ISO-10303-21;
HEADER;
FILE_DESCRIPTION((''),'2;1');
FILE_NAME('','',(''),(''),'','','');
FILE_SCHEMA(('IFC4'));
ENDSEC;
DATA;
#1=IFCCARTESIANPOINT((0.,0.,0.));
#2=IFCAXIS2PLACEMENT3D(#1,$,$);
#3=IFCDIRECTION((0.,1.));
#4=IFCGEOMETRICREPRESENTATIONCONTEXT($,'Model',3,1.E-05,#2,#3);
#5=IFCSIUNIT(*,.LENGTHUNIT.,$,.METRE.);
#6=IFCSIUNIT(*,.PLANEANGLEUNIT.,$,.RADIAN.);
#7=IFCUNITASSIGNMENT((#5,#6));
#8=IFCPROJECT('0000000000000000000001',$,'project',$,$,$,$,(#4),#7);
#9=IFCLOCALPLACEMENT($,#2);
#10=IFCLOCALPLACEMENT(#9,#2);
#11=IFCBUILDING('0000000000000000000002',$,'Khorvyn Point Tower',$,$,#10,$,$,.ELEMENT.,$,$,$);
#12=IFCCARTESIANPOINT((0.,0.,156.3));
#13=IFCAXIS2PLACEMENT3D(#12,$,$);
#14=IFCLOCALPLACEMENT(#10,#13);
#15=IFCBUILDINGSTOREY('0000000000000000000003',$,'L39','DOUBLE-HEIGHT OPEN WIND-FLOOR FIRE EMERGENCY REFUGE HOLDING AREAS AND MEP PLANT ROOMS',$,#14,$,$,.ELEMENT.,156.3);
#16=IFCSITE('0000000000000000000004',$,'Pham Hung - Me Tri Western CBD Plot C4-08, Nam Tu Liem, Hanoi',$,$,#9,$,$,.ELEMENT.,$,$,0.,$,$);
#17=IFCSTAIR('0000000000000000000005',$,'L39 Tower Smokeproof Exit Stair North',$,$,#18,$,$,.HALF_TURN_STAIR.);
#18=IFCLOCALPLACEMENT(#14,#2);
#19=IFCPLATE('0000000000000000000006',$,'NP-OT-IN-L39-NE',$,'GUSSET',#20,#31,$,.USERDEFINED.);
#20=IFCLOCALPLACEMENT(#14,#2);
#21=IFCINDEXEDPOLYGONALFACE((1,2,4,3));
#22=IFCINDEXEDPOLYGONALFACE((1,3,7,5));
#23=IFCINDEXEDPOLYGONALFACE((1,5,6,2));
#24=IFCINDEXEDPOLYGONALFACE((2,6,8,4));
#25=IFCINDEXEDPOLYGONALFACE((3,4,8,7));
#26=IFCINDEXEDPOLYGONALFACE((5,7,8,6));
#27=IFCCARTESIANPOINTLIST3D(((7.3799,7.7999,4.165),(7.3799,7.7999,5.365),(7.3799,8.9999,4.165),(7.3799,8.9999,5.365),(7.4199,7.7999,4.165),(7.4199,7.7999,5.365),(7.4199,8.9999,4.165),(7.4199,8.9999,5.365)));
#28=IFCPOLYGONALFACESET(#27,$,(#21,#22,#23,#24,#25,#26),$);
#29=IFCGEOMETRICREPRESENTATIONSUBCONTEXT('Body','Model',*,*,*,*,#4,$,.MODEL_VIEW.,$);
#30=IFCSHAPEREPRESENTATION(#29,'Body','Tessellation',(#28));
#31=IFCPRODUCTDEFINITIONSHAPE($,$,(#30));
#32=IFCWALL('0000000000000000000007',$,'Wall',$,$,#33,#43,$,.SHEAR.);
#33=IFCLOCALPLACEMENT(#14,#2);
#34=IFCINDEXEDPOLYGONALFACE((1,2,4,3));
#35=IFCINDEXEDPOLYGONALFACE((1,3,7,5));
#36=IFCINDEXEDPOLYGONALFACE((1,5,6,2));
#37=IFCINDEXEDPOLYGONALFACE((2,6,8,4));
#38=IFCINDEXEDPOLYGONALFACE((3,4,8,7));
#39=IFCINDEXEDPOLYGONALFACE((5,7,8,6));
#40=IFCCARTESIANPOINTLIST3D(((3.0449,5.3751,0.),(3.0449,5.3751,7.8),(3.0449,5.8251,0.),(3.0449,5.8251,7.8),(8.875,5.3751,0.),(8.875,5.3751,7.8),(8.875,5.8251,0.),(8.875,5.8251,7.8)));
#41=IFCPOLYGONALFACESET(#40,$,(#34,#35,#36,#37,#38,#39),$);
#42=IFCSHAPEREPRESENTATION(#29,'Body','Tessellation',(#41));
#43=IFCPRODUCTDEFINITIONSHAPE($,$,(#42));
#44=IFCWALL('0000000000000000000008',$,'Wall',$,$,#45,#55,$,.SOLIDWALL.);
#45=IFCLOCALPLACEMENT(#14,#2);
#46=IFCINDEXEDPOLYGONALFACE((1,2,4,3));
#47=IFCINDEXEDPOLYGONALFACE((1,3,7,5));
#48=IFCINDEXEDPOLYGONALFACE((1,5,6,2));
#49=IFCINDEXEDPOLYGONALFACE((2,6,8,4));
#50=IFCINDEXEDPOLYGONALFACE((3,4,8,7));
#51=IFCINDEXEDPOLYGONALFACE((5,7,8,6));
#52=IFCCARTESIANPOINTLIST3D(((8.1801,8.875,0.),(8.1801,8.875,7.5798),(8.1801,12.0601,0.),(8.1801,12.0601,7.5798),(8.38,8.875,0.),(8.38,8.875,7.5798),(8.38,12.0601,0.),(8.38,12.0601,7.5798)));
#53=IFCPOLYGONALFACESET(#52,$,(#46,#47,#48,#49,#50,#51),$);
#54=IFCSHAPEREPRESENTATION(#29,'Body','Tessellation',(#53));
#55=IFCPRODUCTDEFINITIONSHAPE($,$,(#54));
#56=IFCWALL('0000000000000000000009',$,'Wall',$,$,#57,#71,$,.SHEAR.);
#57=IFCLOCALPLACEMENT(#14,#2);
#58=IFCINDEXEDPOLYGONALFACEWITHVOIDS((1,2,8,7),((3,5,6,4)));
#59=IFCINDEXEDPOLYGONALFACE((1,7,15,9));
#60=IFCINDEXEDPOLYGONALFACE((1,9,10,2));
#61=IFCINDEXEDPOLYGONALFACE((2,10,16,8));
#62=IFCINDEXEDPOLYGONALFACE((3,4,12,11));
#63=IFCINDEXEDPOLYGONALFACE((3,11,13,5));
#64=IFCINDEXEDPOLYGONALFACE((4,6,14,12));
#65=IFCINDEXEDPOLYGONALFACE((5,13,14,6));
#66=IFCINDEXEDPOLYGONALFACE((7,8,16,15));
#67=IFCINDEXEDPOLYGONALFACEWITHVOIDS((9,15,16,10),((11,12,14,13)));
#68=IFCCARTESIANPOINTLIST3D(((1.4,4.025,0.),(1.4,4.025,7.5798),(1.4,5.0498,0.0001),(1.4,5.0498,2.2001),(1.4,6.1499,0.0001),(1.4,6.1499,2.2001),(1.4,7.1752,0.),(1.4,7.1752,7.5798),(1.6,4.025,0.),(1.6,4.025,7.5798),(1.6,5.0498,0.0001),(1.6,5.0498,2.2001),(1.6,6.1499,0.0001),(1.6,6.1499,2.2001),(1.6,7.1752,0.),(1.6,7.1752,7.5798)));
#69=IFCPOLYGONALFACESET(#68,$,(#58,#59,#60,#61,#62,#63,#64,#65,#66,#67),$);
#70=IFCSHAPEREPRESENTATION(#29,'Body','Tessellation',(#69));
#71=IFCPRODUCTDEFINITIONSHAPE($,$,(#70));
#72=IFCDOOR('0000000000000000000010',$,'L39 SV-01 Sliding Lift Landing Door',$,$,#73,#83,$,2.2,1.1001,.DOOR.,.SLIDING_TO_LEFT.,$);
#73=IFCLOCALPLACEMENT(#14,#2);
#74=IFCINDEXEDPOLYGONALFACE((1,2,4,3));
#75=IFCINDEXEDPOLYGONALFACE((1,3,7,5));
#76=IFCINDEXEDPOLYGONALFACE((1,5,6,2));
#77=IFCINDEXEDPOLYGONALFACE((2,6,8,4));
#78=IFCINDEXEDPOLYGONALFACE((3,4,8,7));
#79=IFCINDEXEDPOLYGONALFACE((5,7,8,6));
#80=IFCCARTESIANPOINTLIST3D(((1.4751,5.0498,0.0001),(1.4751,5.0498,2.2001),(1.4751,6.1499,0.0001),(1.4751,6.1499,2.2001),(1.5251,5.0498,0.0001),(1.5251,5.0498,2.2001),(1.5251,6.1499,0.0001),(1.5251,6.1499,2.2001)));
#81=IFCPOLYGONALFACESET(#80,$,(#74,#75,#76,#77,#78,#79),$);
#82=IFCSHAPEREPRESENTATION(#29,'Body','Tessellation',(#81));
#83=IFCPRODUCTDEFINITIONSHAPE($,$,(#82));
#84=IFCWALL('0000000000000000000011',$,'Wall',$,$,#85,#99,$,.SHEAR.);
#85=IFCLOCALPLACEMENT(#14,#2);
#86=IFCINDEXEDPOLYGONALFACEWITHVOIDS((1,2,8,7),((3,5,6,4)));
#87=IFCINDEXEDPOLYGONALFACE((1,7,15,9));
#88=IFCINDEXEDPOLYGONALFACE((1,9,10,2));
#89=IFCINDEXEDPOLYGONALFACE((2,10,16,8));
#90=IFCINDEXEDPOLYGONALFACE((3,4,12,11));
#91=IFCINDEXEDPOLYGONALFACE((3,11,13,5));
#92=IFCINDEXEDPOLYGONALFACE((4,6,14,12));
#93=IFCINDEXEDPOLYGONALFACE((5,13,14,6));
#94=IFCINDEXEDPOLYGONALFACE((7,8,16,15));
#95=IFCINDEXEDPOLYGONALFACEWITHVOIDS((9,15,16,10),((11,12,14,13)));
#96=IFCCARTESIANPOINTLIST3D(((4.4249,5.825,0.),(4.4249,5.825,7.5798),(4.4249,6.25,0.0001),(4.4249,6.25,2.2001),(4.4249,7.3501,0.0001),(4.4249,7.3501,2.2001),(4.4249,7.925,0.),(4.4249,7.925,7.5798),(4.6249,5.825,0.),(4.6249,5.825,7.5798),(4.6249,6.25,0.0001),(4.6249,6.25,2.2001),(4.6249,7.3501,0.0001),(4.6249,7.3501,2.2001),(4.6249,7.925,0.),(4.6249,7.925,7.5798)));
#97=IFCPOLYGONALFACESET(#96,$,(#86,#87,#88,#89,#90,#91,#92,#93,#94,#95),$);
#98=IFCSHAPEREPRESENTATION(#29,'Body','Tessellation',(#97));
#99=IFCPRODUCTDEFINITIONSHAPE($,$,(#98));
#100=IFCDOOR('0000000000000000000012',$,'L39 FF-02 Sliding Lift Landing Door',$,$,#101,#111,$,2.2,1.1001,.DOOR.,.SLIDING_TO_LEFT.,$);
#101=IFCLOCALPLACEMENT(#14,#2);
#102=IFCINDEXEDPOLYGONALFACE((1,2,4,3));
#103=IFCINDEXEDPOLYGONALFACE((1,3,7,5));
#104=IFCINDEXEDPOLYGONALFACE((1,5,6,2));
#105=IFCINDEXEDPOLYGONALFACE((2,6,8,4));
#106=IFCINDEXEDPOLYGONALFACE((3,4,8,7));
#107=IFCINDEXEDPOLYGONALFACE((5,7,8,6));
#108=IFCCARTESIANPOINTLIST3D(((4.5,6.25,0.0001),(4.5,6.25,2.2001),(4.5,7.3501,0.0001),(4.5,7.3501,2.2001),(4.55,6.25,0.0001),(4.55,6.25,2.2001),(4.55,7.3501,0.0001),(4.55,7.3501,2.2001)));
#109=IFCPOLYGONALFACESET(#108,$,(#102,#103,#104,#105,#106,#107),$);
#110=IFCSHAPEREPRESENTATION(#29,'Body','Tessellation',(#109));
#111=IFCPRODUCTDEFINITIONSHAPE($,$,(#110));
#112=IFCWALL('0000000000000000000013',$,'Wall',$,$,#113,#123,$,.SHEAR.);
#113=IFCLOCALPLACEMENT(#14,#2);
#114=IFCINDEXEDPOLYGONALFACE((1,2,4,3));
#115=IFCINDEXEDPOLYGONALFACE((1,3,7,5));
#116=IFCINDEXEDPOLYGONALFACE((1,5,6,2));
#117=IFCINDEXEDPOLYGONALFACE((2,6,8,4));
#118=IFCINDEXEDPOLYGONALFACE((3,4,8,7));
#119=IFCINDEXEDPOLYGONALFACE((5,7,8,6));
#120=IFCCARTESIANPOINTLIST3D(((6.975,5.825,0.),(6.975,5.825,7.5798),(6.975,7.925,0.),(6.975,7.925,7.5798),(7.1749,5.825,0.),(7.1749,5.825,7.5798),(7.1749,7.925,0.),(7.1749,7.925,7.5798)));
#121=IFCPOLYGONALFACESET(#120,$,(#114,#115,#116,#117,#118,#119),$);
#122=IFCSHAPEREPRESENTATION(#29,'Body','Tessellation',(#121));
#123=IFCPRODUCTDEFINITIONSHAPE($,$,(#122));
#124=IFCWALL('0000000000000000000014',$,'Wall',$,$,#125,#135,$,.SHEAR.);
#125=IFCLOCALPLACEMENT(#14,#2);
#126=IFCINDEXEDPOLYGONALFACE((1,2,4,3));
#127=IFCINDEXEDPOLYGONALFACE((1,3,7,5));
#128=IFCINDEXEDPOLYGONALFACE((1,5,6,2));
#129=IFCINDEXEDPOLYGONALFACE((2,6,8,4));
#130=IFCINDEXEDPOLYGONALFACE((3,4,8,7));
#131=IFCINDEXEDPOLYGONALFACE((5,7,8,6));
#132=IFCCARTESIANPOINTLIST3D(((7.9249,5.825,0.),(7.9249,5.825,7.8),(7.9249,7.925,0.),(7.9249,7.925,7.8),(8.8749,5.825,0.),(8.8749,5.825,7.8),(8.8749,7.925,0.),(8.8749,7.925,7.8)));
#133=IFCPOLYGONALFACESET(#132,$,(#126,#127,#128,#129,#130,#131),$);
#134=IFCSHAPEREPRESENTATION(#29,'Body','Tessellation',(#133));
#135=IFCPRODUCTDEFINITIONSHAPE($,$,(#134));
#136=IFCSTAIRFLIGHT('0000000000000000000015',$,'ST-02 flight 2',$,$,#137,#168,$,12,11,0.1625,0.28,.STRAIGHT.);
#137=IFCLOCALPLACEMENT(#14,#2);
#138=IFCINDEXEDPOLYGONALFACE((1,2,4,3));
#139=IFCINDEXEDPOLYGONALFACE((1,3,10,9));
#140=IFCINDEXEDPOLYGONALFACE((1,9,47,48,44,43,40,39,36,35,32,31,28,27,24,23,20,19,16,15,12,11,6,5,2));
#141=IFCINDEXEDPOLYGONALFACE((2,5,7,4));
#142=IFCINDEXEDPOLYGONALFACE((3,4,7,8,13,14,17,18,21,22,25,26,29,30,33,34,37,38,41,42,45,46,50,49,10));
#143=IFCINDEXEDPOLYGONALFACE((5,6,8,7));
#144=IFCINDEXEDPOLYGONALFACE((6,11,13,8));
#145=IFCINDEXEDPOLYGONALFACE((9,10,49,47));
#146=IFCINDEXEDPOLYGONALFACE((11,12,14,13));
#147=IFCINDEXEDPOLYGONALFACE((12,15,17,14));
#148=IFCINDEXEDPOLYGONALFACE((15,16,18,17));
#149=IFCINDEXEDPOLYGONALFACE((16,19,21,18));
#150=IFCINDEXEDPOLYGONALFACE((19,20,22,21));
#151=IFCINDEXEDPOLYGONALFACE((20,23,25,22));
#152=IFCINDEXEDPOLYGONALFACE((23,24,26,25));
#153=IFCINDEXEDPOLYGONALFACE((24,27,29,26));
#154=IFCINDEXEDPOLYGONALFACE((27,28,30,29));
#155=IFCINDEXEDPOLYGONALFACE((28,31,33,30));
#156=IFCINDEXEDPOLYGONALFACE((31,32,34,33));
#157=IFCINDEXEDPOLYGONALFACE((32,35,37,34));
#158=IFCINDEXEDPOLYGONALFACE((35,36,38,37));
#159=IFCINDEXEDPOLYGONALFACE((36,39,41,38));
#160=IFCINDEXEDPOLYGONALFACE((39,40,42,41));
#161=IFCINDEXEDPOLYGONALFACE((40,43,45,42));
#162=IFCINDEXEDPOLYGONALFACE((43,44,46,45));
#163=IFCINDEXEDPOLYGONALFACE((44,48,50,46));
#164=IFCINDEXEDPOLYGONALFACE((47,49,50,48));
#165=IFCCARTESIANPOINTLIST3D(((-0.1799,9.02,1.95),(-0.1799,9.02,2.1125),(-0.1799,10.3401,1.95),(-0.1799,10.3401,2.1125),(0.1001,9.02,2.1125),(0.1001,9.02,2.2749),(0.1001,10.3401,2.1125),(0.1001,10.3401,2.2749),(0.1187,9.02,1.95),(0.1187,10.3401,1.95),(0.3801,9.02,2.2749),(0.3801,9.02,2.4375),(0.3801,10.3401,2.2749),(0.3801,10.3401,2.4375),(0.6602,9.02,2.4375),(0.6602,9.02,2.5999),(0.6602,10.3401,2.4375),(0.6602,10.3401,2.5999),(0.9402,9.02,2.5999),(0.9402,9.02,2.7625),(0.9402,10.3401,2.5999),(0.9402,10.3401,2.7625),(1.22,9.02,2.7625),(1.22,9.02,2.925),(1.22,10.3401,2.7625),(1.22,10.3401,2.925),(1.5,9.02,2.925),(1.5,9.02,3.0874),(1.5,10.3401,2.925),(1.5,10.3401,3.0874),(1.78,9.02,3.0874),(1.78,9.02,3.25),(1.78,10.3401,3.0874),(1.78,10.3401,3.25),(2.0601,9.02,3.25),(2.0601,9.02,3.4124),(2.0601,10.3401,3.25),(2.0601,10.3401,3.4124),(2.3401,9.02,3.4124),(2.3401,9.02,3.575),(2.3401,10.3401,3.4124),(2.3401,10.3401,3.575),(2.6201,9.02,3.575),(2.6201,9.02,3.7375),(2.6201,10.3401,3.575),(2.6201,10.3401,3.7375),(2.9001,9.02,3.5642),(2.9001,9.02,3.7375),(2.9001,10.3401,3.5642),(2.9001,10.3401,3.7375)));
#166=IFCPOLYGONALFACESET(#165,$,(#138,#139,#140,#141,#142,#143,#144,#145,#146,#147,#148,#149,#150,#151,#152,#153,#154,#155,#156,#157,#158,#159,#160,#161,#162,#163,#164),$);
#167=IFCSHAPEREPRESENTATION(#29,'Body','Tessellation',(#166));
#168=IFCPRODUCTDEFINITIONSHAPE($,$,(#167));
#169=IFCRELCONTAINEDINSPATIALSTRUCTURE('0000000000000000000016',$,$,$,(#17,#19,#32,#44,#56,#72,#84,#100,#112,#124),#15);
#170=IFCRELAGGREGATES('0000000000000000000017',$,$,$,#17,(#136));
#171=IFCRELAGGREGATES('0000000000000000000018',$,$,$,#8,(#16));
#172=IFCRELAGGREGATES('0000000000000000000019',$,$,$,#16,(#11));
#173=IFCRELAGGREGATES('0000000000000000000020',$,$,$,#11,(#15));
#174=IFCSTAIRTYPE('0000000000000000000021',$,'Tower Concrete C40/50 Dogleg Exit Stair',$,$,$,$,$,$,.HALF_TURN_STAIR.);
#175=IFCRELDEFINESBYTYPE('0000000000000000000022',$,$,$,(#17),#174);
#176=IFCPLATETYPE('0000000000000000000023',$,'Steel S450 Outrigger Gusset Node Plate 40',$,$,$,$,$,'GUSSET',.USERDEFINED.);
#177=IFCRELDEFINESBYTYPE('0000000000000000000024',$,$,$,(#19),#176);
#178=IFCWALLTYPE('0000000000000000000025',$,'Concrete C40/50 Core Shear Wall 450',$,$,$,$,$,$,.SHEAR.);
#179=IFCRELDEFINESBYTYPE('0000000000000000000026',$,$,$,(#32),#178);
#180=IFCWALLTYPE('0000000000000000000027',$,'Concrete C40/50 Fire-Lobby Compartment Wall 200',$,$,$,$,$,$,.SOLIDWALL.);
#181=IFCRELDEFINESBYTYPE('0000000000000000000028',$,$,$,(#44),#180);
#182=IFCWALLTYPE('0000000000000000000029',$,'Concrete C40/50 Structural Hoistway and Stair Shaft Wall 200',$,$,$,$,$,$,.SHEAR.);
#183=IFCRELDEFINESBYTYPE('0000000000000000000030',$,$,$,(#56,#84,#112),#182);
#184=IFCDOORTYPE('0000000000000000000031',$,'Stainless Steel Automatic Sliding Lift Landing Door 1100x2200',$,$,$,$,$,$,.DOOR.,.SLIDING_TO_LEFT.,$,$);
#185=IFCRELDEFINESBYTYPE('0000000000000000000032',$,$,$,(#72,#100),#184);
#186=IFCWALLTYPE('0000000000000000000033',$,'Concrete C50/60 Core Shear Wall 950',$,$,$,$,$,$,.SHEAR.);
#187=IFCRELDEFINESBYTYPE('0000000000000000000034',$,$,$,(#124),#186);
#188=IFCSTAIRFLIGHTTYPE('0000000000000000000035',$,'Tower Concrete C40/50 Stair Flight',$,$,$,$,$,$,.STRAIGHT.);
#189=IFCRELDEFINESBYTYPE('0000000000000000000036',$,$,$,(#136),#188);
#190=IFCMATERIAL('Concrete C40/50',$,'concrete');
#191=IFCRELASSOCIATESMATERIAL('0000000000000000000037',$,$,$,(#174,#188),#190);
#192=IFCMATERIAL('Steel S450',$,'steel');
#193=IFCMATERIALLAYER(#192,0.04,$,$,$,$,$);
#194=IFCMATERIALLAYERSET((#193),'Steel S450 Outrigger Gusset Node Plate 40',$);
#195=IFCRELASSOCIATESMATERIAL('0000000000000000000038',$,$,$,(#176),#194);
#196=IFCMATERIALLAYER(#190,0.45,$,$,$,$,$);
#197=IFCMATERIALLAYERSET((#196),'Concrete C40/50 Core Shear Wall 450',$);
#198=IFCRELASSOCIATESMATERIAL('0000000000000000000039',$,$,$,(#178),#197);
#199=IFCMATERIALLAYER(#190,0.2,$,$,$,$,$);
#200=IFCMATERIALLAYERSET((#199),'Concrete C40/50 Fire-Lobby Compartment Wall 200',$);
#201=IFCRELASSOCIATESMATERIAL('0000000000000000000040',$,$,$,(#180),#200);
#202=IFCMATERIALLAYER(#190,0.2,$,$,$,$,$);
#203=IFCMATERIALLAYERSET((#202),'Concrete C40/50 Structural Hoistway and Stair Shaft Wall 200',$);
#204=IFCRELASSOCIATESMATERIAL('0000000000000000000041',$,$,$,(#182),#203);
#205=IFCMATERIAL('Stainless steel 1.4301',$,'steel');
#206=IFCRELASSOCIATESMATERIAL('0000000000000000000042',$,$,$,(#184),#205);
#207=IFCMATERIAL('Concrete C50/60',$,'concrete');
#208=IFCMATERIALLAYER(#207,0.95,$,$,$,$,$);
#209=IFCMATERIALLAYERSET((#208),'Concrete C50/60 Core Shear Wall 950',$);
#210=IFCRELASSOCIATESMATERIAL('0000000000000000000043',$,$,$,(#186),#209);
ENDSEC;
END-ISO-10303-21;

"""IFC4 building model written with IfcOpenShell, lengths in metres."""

from ifc_helpers import new_model, si_unit, direction, frame, frame_2d, origin, origin_2d, place, context, subcontext, project, spatial, polyline, rectangle, outline, extrude, material, layer, layer_set, type_object, element, fill, aggregate, save


model = new_model("IFC4")

# Units and contexts
model_context = context("Model", 3, precision=1e-05, world=origin(), true_north=direction((0.0, 1.0)))
body_context = subcontext(model_context, "Body", "Model", "MODEL_VIEW")
ifc_project = project(units=[si_unit("LENGTHUNIT", "METRE"), si_unit("PLANEANGLEUNIT", "RADIAN")], contexts=[model_context])

# Site, building, storey
site_placement = place(None, origin())
site = spatial("IfcSite", under=ifc_project, at=site_placement, Name="Pham Hung - Me Tri Western CBD Plot C4-08, Nam Tu Liem, Hanoi", CompositionType="ELEMENT", RefElevation=0.0)
building_placement = place(site_placement, origin())
building = spatial("IfcBuilding", under=site, at=building_placement, Name="Khorvyn Point Tower", CompositionType="ELEMENT")
storey_placement = place(building_placement, frame((0.0, 0.0, 156.3)))
storey = spatial("IfcBuildingStorey", under=building, at=storey_placement, Name="L39", Description="DOUBLE-HEIGHT OPEN WIND-FLOOR FIRE EMERGENCY REFUGE HOLDING AREAS AND MEP PLANT ROOMS", CompositionType="ELEMENT", Elevation=156.3)

# Shared definitions
ifc_material_1 = material(Name="Concrete C40/50", Category="concrete")

# Shared definitions
ifc_material_2 = material(Name="Steel S450", Category="steel")

# Stair
stair_type = type_object("IfcStairType", Name="Tower Concrete C40/50 Dogleg Exit Stair", PredefinedType="HALF_TURN_STAIR", material=ifc_material_1)
stair_1_placement = place(storey_placement, origin())
stair_1 = element("IfcStair", 1, at=stair_1_placement, inside=storey, type_object=stair_type, Name="L39 Tower Smokeproof Exit Stair North", PredefinedType="HALF_TURN_STAIR")

# Plate
ifc_layer_1 = layer(ifc_material_2, 0.04)
ifc_layer_set_1 = layer_set([ifc_layer_1], Name="Steel S450 Outrigger Gusset Node Plate 40")
plate_type = type_object("IfcPlateType", Name="Steel S450 Outrigger Gusset Node Plate 40", ElementType="GUSSET", PredefinedType="USERDEFINED", material=ifc_layer_set_1)
plate_placement = place(storey_placement, frame((7.3999, 8.3999, 4.165), z_axis=(0.0, 0.0, 1.0), x_axis=(1.0, 0.0, 0.0)))
element("IfcPlate", 2, at=plate_placement, inside=storey, type_object=plate_type, Name="NP-OT-IN-L39-NE", ObjectType="GUSSET", PredefinedType="USERDEFINED", context=body_context, shape_type="SweptSolid", body=[
    extrude(rectangle(XDim=0.04, YDim=1.2, at=origin_2d()), origin(), (0.0, 0.0, 1.0), 1.2),
])

# Walls
ifc_layer_2 = layer(ifc_material_1, 0.45)
ifc_layer_set_2 = layer_set([ifc_layer_2], Name="Concrete C40/50 Core Shear Wall 450")
wall_type_1 = type_object("IfcWallType", Name="Concrete C40/50 Core Shear Wall 450", PredefinedType="SHEAR", material=ifc_layer_set_2)
wall_1_placement = place(storey_placement, frame((3.0449, 5.6001, 0.0), z_axis=(0.0, 0.0, 1.0), x_axis=(1.0, 0.0, 0.0)))
element("IfcWall", 3, at=wall_1_placement, inside=storey, type_object=wall_type_1, Name="Wall", PredefinedType="SHEAR", context=body_context, shape_type="SweptSolid", body=[
    extrude(rectangle(XDim=5.8301, YDim=0.45, at=frame_2d((2.915, 0.0))), origin(), (0.0, 0.0, 1.0), 7.8),
])
ifc_layer_3 = layer(ifc_material_1, 0.2)
ifc_layer_set_3 = layer_set([ifc_layer_3], Name="Concrete C40/50 Fire-Lobby Compartment Wall 200")
wall_type_2 = type_object("IfcWallType", Name="Concrete C40/50 Fire-Lobby Compartment Wall 200", PredefinedType="SOLIDWALL", material=ifc_layer_set_3)
wall_2_placement = place(storey_placement, frame((8.28, 8.875, 0.0), z_axis=(0.0, 0.0, 1.0), x_axis=(0.0, 1.0, 0.0)))
element("IfcWall", 4, at=wall_2_placement, inside=storey, type_object=wall_type_2, Name="Wall", PredefinedType="SOLIDWALL", context=body_context, shape_type="SweptSolid", body=[
    extrude(rectangle(XDim=3.1851, YDim=0.2, at=frame_2d((1.5925, 0.0))), origin(), (0.0, 0.0, 1.0), 7.5798),
])

# Walls, openings, doors
ifc_layer_4 = layer(ifc_material_1, 0.2)
ifc_layer_set_4 = layer_set([ifc_layer_4], Name="Concrete C40/50 Structural Hoistway and Stair Shaft Wall 200")
wall_type_3 = type_object("IfcWallType", Name="Concrete C40/50 Structural Hoistway and Stair Shaft Wall 200", PredefinedType="SHEAR", material=ifc_layer_set_4)
wall_3_placement = place(storey_placement, frame((1.5, 4.0249, 0.0), z_axis=(0.0, 0.0, 1.0), x_axis=(0.0, 1.0, 0.0)))
wall_3 = element("IfcWall", 5, at=wall_3_placement, inside=storey, type_object=wall_type_3, Name="Wall", PredefinedType="SHEAR", context=body_context, shape_type="SweptSolid", body=[
    extrude(rectangle(XDim=3.1501, YDim=0.2, at=frame_2d((1.5752, 0.0))), origin(), (0.0, 0.0, 1.0), 7.5798),
])
opening_1_placement = place(wall_3_placement, frame((1.0249, 0.0, 0.0)))
opening_1 = element("IfcOpeningElement", 6, at=opening_1_placement, cuts=wall_3, PredefinedType="OPENING", context=body_context, shape_type="SweptSolid", body=[
    extrude(rectangle(XDim=1.1001, YDim=2.2, at=frame_2d((0.55, 1.1001))), frame((0.0, 0.1099, 0.0), z_axis=(0.0, -1.0, 0.0), x_axis=(1.0, 0.0, 0.0)), (0.0, 0.0, 1.0), 0.22),
])
ifc_material_3 = material(Name="Stainless steel 1.4301", Category="steel")
door_type = type_object("IfcDoorType", Name="Stainless Steel Automatic Sliding Lift Landing Door 1100x2200", OperationType="SLIDING_TO_LEFT", PredefinedType="DOOR", material=ifc_material_3)
door_1_placement = place(opening_1_placement, origin())
door_1 = element("IfcDoor", 7, at=door_1_placement, inside=storey, type_object=door_type, Name="L39 SV-01 Sliding Lift Landing Door", OperationType="SLIDING_TO_LEFT", OverallHeight=2.2, OverallWidth=1.1001, PredefinedType="DOOR", context=body_context, shape_type="SweptSolid", body=[
    extrude(rectangle(XDim=1.1001, YDim=2.2, at=frame_2d((0.55, 1.1001))), frame((0.0, 0.0249, 0.0), z_axis=(0.0, -1.0, 0.0), x_axis=(1.0, 0.0, 0.0)), (0.0, 0.0, 1.0), 0.05),
])
fill(opening_1, door_1)
wall_4_placement = place(storey_placement, frame((4.5249, 5.825, 0.0), z_axis=(0.0, 0.0, 1.0), x_axis=(0.0, 1.0, 0.0)))
wall_4 = element("IfcWall", 8, at=wall_4_placement, inside=storey, type_object=wall_type_3, Name="Wall", PredefinedType="SHEAR", context=body_context, shape_type="SweptSolid", body=[
    extrude(rectangle(XDim=2.1001, YDim=0.2, at=frame_2d((1.05, 0.0))), origin(), (0.0, 0.0, 1.0), 7.5798),
])
opening_2_placement = place(wall_4_placement, frame((0.425, 0.0, 0.0)))
opening_2 = element("IfcOpeningElement", 9, at=opening_2_placement, cuts=wall_4, PredefinedType="OPENING", context=body_context, shape_type="SweptSolid", body=[
    extrude(rectangle(XDim=1.1001, YDim=2.2, at=frame_2d((0.55, 1.1001))), frame((0.0, 0.1099, 0.0), z_axis=(0.0, -1.0, 0.0), x_axis=(1.0, 0.0, 0.0)), (0.0, 0.0, 1.0), 0.22),
])
door_2_placement = place(opening_2_placement, origin())
door_2 = element("IfcDoor", 10, at=door_2_placement, inside=storey, type_object=door_type, Name="L39 FF-02 Sliding Lift Landing Door", OperationType="SLIDING_TO_LEFT", OverallHeight=2.2, OverallWidth=1.1001, PredefinedType="DOOR", context=body_context, shape_type="SweptSolid", body=[
    extrude(rectangle(XDim=1.1001, YDim=2.2, at=frame_2d((0.55, 1.1001))), frame((0.0, 0.0249, 0.0), z_axis=(0.0, -1.0, 0.0), x_axis=(1.0, 0.0, 0.0)), (0.0, 0.0, 1.0), 0.05),
])
fill(opening_2, door_2)

# Walls
wall_5_placement = place(storey_placement, frame((7.075, 5.825, 0.0), z_axis=(0.0, 0.0, 1.0), x_axis=(0.0, 1.0, 0.0)))
element("IfcWall", 11, at=wall_5_placement, inside=storey, type_object=wall_type_3, Name="Wall", PredefinedType="SHEAR", context=body_context, shape_type="SweptSolid", body=[
    extrude(rectangle(XDim=2.1001, YDim=0.2, at=frame_2d((1.05, 0.0))), origin(), (0.0, 0.0, 1.0), 7.5798),
])
ifc_material_4 = material(Name="Concrete C50/60", Category="concrete")
ifc_layer_5 = layer(ifc_material_4, 0.95)
ifc_layer_set_5 = layer_set([ifc_layer_5], Name="Concrete C50/60 Core Shear Wall 950")
wall_type_4 = type_object("IfcWallType", Name="Concrete C50/60 Core Shear Wall 950", PredefinedType="SHEAR", material=ifc_layer_set_5)
wall_6_placement = place(storey_placement, frame((8.3999, 5.825, 0.0), z_axis=(0.0, 0.0, 1.0), x_axis=(0.0, 1.0, 0.0)))
element("IfcWall", 12, at=wall_6_placement, inside=storey, type_object=wall_type_4, Name="Wall", PredefinedType="SHEAR", context=body_context, shape_type="SweptSolid", body=[
    extrude(rectangle(XDim=2.1001, YDim=0.95, at=frame_2d((1.05, 0.0))), origin(), (0.0, 0.0, 1.0), 7.8),
])

# Stair flight
stair_flight_type = type_object("IfcStairFlightType", Name="Tower Concrete C40/50 Stair Flight", PredefinedType="STRAIGHT", material=ifc_material_1)
stair_flight_1_placement = place(storey_placement, frame((-0.1799, 9.6799, 1.95), z_axis=(0.0, 0.0, 1.0), x_axis=(1.0, 0.0, 0.0)))
stair_flight_1 = element("IfcStairFlight", 13, at=stair_flight_1_placement, type_object=stair_flight_type, Name="ST-02 flight 2", NumberOfRisers=12, NumberOfTreads=11, PredefinedType="STRAIGHT", RiserHeight=0.1625, TreadLength=0.28, context=body_context, shape_type="SweptSolid", body=[
    extrude(outline(polyline([(0.0, 0.0), (0.0, 0.1626), (0.28, 0.1626), (0.28, 0.325), (0.5601, 0.325), (0.5601, 0.4875), (0.8401, 0.4875), (0.8401, 0.6499), (1.1201, 0.6499), (1.1201, 0.8125), (1.3999, 0.8125), (1.3999, 0.9751), (1.6799, 0.9751), (1.6799, 1.1375), (1.96, 1.1375), (1.96, 1.3), (2.24, 1.3), (2.24, 1.4624), (2.52, 1.4624), (2.52, 1.625), (2.8, 1.625), (2.8, 1.7876), (3.0801, 1.7876), (3.0801, 1.95), (3.0801, 1.6143), (0.2986, 0.0), (0.0, 0.0)])), frame((0.0, 0.6602, 0.0), z_axis=(0.0, -1.0, 0.0), x_axis=(1.0, 0.0, 0.0)), (0.0, 0.0, 1.0), 1.3201),
])
aggregate(stair_1, [stair_flight_1])

save(model, "model.ifc")
